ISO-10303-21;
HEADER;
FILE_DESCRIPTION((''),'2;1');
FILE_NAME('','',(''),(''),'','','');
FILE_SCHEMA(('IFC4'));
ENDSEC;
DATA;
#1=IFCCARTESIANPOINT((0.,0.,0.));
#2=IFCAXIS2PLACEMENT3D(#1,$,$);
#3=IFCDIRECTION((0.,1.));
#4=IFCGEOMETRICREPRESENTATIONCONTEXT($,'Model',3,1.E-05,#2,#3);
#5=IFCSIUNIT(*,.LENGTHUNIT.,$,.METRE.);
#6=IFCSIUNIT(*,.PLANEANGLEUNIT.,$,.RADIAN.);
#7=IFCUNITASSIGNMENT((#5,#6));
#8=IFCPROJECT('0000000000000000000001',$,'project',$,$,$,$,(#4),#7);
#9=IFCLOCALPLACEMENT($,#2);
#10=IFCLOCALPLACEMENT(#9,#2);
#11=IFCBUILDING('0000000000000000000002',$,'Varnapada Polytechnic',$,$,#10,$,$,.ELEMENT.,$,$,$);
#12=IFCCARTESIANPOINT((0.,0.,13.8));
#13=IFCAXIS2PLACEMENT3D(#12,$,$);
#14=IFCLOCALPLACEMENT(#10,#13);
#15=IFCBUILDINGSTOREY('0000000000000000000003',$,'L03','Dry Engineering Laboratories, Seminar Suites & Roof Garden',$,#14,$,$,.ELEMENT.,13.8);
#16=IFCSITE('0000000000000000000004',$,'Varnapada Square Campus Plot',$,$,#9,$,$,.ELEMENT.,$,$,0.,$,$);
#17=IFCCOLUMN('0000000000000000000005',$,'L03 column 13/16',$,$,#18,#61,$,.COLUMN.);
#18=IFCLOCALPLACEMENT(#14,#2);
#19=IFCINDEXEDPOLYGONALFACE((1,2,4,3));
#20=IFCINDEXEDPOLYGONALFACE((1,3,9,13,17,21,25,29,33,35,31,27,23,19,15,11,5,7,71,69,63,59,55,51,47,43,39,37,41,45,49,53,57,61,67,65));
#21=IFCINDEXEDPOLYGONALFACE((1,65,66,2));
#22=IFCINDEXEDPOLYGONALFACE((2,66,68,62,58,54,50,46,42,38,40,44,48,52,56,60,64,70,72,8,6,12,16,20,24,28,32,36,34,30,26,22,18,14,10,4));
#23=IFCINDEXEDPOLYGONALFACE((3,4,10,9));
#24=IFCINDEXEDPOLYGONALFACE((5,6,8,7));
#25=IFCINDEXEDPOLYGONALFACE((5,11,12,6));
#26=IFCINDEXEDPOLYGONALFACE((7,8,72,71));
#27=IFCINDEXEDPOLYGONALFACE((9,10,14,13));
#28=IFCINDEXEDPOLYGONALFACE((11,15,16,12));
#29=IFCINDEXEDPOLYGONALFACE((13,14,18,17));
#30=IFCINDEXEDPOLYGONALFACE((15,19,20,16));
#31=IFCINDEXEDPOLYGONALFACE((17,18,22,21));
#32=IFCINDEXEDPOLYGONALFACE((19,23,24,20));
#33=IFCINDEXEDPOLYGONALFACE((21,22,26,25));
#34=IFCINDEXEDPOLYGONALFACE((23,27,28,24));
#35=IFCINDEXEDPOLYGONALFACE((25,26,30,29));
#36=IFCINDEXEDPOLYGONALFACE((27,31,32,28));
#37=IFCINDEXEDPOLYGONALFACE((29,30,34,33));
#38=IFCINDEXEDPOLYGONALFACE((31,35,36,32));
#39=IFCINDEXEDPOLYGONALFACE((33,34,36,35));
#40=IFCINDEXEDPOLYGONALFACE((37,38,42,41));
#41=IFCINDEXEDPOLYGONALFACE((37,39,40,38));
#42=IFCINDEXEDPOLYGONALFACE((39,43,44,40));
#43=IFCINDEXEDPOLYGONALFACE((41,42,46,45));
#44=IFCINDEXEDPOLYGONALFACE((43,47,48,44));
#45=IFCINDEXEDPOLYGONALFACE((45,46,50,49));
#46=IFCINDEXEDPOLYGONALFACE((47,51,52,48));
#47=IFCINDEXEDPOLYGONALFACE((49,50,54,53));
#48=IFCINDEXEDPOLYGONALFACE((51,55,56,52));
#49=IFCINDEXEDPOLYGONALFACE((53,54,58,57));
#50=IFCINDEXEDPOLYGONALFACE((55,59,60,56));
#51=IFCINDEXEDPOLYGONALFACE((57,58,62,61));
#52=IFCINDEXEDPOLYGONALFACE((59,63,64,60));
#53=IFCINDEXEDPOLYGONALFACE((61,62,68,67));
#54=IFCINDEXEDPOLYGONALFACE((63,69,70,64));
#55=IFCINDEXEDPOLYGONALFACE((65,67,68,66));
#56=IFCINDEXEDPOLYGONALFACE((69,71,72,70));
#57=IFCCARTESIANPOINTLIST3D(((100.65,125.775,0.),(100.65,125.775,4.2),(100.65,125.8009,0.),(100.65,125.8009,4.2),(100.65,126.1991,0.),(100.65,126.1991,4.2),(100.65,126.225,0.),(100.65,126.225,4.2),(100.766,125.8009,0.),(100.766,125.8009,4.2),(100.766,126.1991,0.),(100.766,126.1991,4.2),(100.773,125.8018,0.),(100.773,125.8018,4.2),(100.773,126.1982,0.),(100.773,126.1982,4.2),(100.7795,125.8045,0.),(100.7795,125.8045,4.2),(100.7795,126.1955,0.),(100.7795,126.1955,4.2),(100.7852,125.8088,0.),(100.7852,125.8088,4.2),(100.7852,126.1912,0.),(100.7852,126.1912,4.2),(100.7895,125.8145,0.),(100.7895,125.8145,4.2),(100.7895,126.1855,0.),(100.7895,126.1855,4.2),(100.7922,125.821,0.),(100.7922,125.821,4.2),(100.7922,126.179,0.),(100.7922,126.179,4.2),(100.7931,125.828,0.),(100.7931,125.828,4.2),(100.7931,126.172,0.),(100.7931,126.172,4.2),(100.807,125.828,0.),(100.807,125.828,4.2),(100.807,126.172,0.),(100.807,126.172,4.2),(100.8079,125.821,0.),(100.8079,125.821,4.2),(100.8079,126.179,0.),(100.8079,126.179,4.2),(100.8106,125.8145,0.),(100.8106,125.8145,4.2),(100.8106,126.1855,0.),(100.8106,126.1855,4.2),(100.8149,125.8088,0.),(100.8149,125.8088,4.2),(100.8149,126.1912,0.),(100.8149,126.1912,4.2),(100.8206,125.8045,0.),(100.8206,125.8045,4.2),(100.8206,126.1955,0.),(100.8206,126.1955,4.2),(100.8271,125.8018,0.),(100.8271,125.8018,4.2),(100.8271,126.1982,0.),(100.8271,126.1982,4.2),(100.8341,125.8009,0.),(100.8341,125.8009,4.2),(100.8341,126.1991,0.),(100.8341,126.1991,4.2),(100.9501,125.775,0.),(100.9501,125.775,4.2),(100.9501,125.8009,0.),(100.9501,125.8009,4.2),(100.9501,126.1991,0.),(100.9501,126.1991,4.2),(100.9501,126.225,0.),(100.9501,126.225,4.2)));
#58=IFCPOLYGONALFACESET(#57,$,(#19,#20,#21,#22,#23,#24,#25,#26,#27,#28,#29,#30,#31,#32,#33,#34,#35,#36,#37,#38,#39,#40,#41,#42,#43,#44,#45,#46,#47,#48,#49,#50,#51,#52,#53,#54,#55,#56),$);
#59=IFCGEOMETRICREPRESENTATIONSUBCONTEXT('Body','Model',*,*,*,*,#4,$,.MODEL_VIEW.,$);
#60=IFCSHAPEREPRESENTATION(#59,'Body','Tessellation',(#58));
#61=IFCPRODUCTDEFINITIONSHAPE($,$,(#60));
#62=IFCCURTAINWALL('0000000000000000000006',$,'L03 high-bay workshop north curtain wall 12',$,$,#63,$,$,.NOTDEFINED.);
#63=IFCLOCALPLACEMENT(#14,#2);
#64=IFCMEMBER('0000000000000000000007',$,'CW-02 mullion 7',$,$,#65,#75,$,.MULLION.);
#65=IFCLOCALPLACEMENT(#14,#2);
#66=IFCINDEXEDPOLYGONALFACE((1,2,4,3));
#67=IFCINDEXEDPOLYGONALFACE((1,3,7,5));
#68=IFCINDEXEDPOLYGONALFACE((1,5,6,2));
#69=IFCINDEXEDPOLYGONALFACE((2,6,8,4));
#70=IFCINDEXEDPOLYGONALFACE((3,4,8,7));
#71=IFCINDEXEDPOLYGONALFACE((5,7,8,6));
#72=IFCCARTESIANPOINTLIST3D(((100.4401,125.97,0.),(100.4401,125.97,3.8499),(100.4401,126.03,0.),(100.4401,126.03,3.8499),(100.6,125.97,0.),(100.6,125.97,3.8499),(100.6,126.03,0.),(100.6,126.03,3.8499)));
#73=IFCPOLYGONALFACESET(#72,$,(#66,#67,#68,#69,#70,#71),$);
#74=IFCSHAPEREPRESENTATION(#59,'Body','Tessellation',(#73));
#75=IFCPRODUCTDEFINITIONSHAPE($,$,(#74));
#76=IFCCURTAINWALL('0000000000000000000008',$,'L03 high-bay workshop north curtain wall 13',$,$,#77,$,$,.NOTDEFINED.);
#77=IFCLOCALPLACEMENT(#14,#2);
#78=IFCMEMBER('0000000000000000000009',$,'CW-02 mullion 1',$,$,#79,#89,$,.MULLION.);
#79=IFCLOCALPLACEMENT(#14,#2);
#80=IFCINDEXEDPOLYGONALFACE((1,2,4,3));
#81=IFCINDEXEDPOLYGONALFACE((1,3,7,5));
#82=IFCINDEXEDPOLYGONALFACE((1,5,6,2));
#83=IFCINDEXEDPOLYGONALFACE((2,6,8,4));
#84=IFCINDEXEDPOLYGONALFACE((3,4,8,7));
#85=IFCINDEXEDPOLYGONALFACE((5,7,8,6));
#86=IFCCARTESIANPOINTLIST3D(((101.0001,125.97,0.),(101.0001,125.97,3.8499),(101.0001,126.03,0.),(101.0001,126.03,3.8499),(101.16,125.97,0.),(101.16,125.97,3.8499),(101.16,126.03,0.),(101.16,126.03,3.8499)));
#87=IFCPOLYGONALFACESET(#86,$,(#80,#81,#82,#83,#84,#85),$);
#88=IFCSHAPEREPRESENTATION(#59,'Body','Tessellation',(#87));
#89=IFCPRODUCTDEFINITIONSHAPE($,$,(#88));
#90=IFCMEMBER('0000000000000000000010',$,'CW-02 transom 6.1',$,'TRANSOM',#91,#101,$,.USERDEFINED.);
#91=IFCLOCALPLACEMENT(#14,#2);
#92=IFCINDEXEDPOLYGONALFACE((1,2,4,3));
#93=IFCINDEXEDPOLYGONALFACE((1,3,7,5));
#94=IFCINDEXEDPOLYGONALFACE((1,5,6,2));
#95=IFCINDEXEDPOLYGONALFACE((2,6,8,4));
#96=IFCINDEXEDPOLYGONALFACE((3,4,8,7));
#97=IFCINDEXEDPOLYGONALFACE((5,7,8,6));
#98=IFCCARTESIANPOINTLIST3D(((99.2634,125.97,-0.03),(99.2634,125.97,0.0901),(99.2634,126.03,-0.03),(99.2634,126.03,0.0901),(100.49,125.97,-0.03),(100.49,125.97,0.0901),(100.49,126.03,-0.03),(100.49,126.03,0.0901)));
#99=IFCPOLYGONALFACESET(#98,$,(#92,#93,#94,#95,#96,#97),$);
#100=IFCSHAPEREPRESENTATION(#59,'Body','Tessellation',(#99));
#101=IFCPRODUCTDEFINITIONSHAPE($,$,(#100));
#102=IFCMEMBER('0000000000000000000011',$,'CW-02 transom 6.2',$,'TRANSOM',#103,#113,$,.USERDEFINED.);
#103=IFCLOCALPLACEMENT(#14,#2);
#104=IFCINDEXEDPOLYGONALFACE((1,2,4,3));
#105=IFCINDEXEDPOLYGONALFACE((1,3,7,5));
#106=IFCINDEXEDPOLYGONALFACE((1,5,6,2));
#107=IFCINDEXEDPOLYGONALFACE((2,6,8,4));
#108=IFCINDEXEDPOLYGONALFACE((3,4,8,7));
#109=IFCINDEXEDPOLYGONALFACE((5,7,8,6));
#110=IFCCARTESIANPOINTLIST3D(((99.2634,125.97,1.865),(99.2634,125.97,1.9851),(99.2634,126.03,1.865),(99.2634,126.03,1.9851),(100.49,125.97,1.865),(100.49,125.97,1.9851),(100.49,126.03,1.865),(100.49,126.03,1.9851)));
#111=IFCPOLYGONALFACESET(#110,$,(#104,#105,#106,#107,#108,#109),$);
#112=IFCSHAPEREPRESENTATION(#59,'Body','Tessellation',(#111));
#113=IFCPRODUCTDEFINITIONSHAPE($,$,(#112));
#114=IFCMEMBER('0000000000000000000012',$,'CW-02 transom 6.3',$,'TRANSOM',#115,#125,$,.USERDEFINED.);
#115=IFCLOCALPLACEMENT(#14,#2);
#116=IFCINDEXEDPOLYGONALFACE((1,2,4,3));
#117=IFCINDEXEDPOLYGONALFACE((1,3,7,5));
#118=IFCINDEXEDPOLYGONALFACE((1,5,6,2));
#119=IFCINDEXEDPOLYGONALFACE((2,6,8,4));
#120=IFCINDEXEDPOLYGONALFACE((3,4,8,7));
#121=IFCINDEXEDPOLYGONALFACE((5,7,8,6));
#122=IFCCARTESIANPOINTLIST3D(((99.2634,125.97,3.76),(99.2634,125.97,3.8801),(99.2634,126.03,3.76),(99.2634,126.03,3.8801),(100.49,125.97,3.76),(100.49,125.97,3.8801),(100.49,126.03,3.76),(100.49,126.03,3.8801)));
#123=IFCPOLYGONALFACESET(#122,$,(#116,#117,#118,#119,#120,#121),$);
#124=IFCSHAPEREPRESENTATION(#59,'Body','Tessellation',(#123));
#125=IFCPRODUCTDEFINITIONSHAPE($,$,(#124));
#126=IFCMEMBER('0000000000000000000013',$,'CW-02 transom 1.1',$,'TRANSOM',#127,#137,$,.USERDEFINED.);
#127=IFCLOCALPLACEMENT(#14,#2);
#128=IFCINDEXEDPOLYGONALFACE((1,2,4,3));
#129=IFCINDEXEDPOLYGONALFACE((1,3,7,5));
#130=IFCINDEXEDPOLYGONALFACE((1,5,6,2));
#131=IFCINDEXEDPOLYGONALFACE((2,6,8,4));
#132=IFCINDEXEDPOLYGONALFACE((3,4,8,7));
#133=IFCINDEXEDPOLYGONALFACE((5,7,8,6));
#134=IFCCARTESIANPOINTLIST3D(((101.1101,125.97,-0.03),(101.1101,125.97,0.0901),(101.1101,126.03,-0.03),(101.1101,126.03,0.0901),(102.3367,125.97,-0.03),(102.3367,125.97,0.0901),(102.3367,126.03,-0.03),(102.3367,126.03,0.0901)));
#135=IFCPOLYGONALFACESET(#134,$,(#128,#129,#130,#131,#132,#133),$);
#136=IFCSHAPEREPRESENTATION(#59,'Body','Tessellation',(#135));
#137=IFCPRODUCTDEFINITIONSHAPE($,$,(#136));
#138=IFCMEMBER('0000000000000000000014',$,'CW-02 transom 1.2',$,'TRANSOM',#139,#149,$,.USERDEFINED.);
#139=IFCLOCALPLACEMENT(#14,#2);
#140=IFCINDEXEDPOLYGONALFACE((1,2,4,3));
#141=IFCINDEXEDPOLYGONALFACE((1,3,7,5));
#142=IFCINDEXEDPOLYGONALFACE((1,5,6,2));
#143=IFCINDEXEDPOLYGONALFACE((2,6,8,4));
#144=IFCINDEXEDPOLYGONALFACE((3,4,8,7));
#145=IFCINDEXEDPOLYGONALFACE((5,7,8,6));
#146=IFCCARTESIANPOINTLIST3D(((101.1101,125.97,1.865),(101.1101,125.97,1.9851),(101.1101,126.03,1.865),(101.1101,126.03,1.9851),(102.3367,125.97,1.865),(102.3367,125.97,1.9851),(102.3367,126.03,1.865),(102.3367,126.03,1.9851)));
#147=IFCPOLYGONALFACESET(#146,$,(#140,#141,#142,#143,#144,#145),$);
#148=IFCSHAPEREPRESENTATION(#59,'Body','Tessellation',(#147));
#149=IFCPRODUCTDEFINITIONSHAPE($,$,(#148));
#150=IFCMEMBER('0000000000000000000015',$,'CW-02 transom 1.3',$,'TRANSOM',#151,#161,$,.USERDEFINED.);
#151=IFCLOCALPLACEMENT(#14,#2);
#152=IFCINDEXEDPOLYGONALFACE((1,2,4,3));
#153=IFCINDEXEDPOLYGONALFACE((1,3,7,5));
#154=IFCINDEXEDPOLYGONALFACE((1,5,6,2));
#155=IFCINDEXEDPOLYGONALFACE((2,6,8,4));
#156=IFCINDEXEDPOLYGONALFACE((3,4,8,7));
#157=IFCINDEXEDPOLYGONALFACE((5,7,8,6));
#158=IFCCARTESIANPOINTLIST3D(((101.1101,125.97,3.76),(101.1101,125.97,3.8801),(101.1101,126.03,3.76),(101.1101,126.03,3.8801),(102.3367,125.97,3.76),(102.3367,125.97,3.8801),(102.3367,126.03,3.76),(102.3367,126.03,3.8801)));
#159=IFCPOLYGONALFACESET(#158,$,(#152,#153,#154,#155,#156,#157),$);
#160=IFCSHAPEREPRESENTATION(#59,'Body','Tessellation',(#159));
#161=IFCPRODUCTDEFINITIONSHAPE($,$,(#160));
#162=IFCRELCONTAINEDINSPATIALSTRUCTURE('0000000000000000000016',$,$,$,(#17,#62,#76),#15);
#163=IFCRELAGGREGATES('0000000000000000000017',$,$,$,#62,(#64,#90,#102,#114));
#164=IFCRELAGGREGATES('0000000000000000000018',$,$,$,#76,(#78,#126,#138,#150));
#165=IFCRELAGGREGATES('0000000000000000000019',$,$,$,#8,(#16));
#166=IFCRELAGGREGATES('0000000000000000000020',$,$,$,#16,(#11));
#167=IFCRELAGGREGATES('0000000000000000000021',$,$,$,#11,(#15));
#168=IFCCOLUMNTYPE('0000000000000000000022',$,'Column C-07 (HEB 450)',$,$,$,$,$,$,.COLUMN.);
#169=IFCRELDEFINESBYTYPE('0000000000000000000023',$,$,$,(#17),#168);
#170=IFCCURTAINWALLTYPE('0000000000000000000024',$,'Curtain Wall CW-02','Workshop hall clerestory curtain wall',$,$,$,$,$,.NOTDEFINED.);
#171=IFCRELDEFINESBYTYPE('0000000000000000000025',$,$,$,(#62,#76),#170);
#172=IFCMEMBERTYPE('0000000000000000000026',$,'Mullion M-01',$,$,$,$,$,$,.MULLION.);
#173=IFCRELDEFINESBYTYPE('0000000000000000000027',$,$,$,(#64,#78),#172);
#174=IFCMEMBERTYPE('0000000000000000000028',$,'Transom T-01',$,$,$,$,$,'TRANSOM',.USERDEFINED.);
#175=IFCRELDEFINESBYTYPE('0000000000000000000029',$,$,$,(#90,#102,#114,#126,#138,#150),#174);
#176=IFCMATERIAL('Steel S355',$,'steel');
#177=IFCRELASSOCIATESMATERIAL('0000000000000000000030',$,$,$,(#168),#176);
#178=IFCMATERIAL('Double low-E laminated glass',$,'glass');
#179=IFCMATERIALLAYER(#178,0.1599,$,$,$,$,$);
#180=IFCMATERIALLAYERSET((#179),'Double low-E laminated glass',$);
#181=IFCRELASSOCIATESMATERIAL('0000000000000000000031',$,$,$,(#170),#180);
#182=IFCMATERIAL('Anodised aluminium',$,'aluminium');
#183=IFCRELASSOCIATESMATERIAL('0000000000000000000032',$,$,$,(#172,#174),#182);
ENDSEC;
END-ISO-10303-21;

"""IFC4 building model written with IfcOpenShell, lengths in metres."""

from ifc_helpers import new_model, si_unit, direction, frame, origin, origin_2d, place, context, subcontext, project, spatial, rectangle, i_section, extrude, material, layer, layer_set, material_profile, profile_set, type_object, element, aggregate, save


model = new_model("IFC4")

# Units and contexts
model_context = context("Model", 3, precision=1e-05, world=origin(), true_north=direction((0.0, 1.0)))
body_context = subcontext(model_context, "Body", "Model", "MODEL_VIEW")
ifc_project = project(units=[si_unit("LENGTHUNIT", "METRE"), si_unit("PLANEANGLEUNIT", "RADIAN")], contexts=[model_context])

# Site, building, storey
site_placement = place(None, origin())
site = spatial("IfcSite", under=ifc_project, at=site_placement, Name="Varnapada Square Campus Plot", CompositionType="ELEMENT", RefElevation=0.0)
building_placement = place(site_placement, origin())
building = spatial("IfcBuilding", under=site, at=building_placement, Name="Varnapada Polytechnic", CompositionType="ELEMENT")
storey_placement = place(building_placement, frame((0.0, 0.0, 13.8)))
storey = spatial("IfcBuildingStorey", under=building, at=storey_placement, Name="L03", Description="Dry Engineering Laboratories, Seminar Suites & Roof Garden", CompositionType="ELEMENT", Elevation=13.8)

# Column
ifc_material_1 = material(Name="Steel S355", Category="steel")
ifc_material_profile_1 = material_profile(ifc_material_1, i_section(OverallWidth=0.3, OverallDepth=0.45, WebThickness=0.0139, FlangeThickness=0.0259, FilletRadius=0.0271, at=origin_2d()), Name="HEB 450")
ifc_profile_set_1 = profile_set([ifc_material_profile_1], Name="Steel S355")
column_type = type_object("IfcColumnType", Name="Column C-07 (HEB 450)", PredefinedType="COLUMN", material=ifc_profile_set_1)
column_placement = place(storey_placement, frame((100.8, 126.0, 0.0), z_axis=(0.0, 0.0, 1.0), x_axis=(1.0, 0.0, 0.0)))
element("IfcColumn", 1, at=column_placement, inside=storey, type_object=column_type, Name="L03 column 13/16", PredefinedType="COLUMN", context=body_context, shape_type="SweptSolid", body=[
    extrude(i_section(OverallWidth=0.3, OverallDepth=0.45, WebThickness=0.0139, FlangeThickness=0.0259, FilletRadius=0.0271, at=origin_2d()), origin(), (0.0, 0.0, 1.0), 4.2),
])

# Curtain walls, members
ifc_material_2 = material(Name="Double low-E laminated glass", Category="glass")
ifc_layer_1 = layer(ifc_material_2, 0.1599)
ifc_layer_set_1 = layer_set([ifc_layer_1], Name="Double low-E laminated glass")
curtain_wall_type = type_object("IfcCurtainWallType", Name="Curtain Wall CW-02", Description="Workshop hall clerestory curtain wall", PredefinedType="NOTDEFINED", material=ifc_layer_set_1)
curtain_wall_1_placement = place(storey_placement, origin())
curtain_wall_1 = element("IfcCurtainWall", 2, at=curtain_wall_1_placement, inside=storey, type_object=curtain_wall_type, Name="L03 high-bay workshop north curtain wall 12", PredefinedType="NOTDEFINED")
ifc_material_3 = material(Name="Anodised aluminium", Category="aluminium")
ifc_material_profile_2 = material_profile(ifc_material_3, rectangle(XDim=0.0601, YDim=0.1599, at=origin_2d()), Name="ALU M60x160")
ifc_profile_set_2 = profile_set([ifc_material_profile_2], Name="Anodised aluminium")
member_type_1 = type_object("IfcMemberType", Name="Mullion M-01", PredefinedType="MULLION", material=ifc_profile_set_2)
member_1_placement = place(storey_placement, frame((100.52, 126.0, 0.0), z_axis=(0.0, 0.0, 1.0), x_axis=(0.0, 1.0, 0.0)))
member_1 = element("IfcMember", 3, at=member_1_placement, type_object=member_type_1, Name="CW-02 mullion 7", PredefinedType="MULLION", context=body_context, shape_type="SweptSolid", body=[
    extrude(rectangle(XDim=0.0601, YDim=0.1599, at=origin_2d()), origin(), (0.0, 0.0, 1.0), 3.8499),
])
curtain_wall_2_placement = place(storey_placement, origin())
curtain_wall_2 = element("IfcCurtainWall", 4, at=curtain_wall_2_placement, inside=storey, type_object=curtain_wall_type, Name="L03 high-bay workshop north curtain wall 13", PredefinedType="NOTDEFINED")
member_2_placement = place(storey_placement, frame((101.0801, 126.0, 0.0), z_axis=(0.0, 0.0, 1.0), x_axis=(0.0, 1.0, 0.0)))
member_2 = element("IfcMember", 5, at=member_2_placement, type_object=member_type_1, Name="CW-02 mullion 1", PredefinedType="MULLION", context=body_context, shape_type="SweptSolid", body=[
    extrude(rectangle(XDim=0.0601, YDim=0.1599, at=origin_2d()), origin(), (0.0, 0.0, 1.0), 3.8499),
])

# Members
ifc_material_profile_3 = material_profile(ifc_material_3, rectangle(XDim=0.0601, YDim=0.1201, at=origin_2d()), Name="ALU T60x120")
ifc_profile_set_3 = profile_set([ifc_material_profile_3], Name="Anodised aluminium")
member_type_2 = type_object("IfcMemberType", Name="Transom T-01", ElementType="TRANSOM", PredefinedType="USERDEFINED", material=ifc_profile_set_3)
member_3_placement = place(storey_placement, frame((99.2634, 126.0, 0.03), z_axis=(1.0, 0.0, 0.0), x_axis=(0.0, 1.0, 0.0)))
member_3 = element("IfcMember", 6, at=member_3_placement, type_object=member_type_2, Name="CW-02 transom 6.1", ObjectType="TRANSOM", PredefinedType="USERDEFINED", context=body_context, shape_type="SweptSolid", body=[
    extrude(rectangle(XDim=0.0601, YDim=0.1201, at=origin_2d()), origin(), (0.0, 0.0, 1.0), 1.2266),
])
member_4_placement = place(storey_placement, frame((99.2634, 126.0, 1.925), z_axis=(1.0, 0.0, 0.0), x_axis=(0.0, 1.0, 0.0)))
member_4 = element("IfcMember", 7, at=member_4_placement, type_object=member_type_2, Name="CW-02 transom 6.2", ObjectType="TRANSOM", PredefinedType="USERDEFINED", context=body_context, shape_type="SweptSolid", body=[
    extrude(rectangle(XDim=0.0601, YDim=0.1201, at=origin_2d()), origin(), (0.0, 0.0, 1.0), 1.2266),
])
member_5_placement = place(storey_placement, frame((99.2634, 126.0, 3.8201), z_axis=(1.0, 0.0, 0.0), x_axis=(0.0, 1.0, 0.0)))
member_5 = element("IfcMember", 8, at=member_5_placement, type_object=member_type_2, Name="CW-02 transom 6.3", ObjectType="TRANSOM", PredefinedType="USERDEFINED", context=body_context, shape_type="SweptSolid", body=[
    extrude(rectangle(XDim=0.0601, YDim=0.1201, at=origin_2d()), origin(), (0.0, 0.0, 1.0), 1.2266),
])
member_6_placement = place(storey_placement, frame((101.1101, 126.0, 0.03), z_axis=(1.0, 0.0, 0.0), x_axis=(0.0, 1.0, 0.0)))
member_6 = element("IfcMember", 9, at=member_6_placement, type_object=member_type_2, Name="CW-02 transom 1.1", ObjectType="TRANSOM", PredefinedType="USERDEFINED", context=body_context, shape_type="SweptSolid", body=[
    extrude(rectangle(XDim=0.0601, YDim=0.1201, at=origin_2d()), origin(), (0.0, 0.0, 1.0), 1.2266),
])
member_7_placement = place(storey_placement, frame((101.1101, 126.0, 1.925), z_axis=(1.0, 0.0, 0.0), x_axis=(0.0, 1.0, 0.0)))
member_7 = element("IfcMember", 10, at=member_7_placement, type_object=member_type_2, Name="CW-02 transom 1.2", ObjectType="TRANSOM", PredefinedType="USERDEFINED", context=body_context, shape_type="SweptSolid", body=[
    extrude(rectangle(XDim=0.0601, YDim=0.1201, at=origin_2d()), origin(), (0.0, 0.0, 1.0), 1.2266),
])
member_8_placement = place(storey_placement, frame((101.1101, 126.0, 3.8201), z_axis=(1.0, 0.0, 0.0), x_axis=(0.0, 1.0, 0.0)))
member_8 = element("IfcMember", 11, at=member_8_placement, type_object=member_type_2, Name="CW-02 transom 1.3", ObjectType="TRANSOM", PredefinedType="USERDEFINED", context=body_context, shape_type="SweptSolid", body=[
    extrude(rectangle(XDim=0.0601, YDim=0.1201, at=origin_2d()), origin(), (0.0, 0.0, 1.0), 1.2266),
])

aggregate(curtain_wall_1, [member_1, member_3, member_4, member_5])
aggregate(curtain_wall_2, [member_2, member_6, member_7, member_8])

save(model, "model.ifc")
